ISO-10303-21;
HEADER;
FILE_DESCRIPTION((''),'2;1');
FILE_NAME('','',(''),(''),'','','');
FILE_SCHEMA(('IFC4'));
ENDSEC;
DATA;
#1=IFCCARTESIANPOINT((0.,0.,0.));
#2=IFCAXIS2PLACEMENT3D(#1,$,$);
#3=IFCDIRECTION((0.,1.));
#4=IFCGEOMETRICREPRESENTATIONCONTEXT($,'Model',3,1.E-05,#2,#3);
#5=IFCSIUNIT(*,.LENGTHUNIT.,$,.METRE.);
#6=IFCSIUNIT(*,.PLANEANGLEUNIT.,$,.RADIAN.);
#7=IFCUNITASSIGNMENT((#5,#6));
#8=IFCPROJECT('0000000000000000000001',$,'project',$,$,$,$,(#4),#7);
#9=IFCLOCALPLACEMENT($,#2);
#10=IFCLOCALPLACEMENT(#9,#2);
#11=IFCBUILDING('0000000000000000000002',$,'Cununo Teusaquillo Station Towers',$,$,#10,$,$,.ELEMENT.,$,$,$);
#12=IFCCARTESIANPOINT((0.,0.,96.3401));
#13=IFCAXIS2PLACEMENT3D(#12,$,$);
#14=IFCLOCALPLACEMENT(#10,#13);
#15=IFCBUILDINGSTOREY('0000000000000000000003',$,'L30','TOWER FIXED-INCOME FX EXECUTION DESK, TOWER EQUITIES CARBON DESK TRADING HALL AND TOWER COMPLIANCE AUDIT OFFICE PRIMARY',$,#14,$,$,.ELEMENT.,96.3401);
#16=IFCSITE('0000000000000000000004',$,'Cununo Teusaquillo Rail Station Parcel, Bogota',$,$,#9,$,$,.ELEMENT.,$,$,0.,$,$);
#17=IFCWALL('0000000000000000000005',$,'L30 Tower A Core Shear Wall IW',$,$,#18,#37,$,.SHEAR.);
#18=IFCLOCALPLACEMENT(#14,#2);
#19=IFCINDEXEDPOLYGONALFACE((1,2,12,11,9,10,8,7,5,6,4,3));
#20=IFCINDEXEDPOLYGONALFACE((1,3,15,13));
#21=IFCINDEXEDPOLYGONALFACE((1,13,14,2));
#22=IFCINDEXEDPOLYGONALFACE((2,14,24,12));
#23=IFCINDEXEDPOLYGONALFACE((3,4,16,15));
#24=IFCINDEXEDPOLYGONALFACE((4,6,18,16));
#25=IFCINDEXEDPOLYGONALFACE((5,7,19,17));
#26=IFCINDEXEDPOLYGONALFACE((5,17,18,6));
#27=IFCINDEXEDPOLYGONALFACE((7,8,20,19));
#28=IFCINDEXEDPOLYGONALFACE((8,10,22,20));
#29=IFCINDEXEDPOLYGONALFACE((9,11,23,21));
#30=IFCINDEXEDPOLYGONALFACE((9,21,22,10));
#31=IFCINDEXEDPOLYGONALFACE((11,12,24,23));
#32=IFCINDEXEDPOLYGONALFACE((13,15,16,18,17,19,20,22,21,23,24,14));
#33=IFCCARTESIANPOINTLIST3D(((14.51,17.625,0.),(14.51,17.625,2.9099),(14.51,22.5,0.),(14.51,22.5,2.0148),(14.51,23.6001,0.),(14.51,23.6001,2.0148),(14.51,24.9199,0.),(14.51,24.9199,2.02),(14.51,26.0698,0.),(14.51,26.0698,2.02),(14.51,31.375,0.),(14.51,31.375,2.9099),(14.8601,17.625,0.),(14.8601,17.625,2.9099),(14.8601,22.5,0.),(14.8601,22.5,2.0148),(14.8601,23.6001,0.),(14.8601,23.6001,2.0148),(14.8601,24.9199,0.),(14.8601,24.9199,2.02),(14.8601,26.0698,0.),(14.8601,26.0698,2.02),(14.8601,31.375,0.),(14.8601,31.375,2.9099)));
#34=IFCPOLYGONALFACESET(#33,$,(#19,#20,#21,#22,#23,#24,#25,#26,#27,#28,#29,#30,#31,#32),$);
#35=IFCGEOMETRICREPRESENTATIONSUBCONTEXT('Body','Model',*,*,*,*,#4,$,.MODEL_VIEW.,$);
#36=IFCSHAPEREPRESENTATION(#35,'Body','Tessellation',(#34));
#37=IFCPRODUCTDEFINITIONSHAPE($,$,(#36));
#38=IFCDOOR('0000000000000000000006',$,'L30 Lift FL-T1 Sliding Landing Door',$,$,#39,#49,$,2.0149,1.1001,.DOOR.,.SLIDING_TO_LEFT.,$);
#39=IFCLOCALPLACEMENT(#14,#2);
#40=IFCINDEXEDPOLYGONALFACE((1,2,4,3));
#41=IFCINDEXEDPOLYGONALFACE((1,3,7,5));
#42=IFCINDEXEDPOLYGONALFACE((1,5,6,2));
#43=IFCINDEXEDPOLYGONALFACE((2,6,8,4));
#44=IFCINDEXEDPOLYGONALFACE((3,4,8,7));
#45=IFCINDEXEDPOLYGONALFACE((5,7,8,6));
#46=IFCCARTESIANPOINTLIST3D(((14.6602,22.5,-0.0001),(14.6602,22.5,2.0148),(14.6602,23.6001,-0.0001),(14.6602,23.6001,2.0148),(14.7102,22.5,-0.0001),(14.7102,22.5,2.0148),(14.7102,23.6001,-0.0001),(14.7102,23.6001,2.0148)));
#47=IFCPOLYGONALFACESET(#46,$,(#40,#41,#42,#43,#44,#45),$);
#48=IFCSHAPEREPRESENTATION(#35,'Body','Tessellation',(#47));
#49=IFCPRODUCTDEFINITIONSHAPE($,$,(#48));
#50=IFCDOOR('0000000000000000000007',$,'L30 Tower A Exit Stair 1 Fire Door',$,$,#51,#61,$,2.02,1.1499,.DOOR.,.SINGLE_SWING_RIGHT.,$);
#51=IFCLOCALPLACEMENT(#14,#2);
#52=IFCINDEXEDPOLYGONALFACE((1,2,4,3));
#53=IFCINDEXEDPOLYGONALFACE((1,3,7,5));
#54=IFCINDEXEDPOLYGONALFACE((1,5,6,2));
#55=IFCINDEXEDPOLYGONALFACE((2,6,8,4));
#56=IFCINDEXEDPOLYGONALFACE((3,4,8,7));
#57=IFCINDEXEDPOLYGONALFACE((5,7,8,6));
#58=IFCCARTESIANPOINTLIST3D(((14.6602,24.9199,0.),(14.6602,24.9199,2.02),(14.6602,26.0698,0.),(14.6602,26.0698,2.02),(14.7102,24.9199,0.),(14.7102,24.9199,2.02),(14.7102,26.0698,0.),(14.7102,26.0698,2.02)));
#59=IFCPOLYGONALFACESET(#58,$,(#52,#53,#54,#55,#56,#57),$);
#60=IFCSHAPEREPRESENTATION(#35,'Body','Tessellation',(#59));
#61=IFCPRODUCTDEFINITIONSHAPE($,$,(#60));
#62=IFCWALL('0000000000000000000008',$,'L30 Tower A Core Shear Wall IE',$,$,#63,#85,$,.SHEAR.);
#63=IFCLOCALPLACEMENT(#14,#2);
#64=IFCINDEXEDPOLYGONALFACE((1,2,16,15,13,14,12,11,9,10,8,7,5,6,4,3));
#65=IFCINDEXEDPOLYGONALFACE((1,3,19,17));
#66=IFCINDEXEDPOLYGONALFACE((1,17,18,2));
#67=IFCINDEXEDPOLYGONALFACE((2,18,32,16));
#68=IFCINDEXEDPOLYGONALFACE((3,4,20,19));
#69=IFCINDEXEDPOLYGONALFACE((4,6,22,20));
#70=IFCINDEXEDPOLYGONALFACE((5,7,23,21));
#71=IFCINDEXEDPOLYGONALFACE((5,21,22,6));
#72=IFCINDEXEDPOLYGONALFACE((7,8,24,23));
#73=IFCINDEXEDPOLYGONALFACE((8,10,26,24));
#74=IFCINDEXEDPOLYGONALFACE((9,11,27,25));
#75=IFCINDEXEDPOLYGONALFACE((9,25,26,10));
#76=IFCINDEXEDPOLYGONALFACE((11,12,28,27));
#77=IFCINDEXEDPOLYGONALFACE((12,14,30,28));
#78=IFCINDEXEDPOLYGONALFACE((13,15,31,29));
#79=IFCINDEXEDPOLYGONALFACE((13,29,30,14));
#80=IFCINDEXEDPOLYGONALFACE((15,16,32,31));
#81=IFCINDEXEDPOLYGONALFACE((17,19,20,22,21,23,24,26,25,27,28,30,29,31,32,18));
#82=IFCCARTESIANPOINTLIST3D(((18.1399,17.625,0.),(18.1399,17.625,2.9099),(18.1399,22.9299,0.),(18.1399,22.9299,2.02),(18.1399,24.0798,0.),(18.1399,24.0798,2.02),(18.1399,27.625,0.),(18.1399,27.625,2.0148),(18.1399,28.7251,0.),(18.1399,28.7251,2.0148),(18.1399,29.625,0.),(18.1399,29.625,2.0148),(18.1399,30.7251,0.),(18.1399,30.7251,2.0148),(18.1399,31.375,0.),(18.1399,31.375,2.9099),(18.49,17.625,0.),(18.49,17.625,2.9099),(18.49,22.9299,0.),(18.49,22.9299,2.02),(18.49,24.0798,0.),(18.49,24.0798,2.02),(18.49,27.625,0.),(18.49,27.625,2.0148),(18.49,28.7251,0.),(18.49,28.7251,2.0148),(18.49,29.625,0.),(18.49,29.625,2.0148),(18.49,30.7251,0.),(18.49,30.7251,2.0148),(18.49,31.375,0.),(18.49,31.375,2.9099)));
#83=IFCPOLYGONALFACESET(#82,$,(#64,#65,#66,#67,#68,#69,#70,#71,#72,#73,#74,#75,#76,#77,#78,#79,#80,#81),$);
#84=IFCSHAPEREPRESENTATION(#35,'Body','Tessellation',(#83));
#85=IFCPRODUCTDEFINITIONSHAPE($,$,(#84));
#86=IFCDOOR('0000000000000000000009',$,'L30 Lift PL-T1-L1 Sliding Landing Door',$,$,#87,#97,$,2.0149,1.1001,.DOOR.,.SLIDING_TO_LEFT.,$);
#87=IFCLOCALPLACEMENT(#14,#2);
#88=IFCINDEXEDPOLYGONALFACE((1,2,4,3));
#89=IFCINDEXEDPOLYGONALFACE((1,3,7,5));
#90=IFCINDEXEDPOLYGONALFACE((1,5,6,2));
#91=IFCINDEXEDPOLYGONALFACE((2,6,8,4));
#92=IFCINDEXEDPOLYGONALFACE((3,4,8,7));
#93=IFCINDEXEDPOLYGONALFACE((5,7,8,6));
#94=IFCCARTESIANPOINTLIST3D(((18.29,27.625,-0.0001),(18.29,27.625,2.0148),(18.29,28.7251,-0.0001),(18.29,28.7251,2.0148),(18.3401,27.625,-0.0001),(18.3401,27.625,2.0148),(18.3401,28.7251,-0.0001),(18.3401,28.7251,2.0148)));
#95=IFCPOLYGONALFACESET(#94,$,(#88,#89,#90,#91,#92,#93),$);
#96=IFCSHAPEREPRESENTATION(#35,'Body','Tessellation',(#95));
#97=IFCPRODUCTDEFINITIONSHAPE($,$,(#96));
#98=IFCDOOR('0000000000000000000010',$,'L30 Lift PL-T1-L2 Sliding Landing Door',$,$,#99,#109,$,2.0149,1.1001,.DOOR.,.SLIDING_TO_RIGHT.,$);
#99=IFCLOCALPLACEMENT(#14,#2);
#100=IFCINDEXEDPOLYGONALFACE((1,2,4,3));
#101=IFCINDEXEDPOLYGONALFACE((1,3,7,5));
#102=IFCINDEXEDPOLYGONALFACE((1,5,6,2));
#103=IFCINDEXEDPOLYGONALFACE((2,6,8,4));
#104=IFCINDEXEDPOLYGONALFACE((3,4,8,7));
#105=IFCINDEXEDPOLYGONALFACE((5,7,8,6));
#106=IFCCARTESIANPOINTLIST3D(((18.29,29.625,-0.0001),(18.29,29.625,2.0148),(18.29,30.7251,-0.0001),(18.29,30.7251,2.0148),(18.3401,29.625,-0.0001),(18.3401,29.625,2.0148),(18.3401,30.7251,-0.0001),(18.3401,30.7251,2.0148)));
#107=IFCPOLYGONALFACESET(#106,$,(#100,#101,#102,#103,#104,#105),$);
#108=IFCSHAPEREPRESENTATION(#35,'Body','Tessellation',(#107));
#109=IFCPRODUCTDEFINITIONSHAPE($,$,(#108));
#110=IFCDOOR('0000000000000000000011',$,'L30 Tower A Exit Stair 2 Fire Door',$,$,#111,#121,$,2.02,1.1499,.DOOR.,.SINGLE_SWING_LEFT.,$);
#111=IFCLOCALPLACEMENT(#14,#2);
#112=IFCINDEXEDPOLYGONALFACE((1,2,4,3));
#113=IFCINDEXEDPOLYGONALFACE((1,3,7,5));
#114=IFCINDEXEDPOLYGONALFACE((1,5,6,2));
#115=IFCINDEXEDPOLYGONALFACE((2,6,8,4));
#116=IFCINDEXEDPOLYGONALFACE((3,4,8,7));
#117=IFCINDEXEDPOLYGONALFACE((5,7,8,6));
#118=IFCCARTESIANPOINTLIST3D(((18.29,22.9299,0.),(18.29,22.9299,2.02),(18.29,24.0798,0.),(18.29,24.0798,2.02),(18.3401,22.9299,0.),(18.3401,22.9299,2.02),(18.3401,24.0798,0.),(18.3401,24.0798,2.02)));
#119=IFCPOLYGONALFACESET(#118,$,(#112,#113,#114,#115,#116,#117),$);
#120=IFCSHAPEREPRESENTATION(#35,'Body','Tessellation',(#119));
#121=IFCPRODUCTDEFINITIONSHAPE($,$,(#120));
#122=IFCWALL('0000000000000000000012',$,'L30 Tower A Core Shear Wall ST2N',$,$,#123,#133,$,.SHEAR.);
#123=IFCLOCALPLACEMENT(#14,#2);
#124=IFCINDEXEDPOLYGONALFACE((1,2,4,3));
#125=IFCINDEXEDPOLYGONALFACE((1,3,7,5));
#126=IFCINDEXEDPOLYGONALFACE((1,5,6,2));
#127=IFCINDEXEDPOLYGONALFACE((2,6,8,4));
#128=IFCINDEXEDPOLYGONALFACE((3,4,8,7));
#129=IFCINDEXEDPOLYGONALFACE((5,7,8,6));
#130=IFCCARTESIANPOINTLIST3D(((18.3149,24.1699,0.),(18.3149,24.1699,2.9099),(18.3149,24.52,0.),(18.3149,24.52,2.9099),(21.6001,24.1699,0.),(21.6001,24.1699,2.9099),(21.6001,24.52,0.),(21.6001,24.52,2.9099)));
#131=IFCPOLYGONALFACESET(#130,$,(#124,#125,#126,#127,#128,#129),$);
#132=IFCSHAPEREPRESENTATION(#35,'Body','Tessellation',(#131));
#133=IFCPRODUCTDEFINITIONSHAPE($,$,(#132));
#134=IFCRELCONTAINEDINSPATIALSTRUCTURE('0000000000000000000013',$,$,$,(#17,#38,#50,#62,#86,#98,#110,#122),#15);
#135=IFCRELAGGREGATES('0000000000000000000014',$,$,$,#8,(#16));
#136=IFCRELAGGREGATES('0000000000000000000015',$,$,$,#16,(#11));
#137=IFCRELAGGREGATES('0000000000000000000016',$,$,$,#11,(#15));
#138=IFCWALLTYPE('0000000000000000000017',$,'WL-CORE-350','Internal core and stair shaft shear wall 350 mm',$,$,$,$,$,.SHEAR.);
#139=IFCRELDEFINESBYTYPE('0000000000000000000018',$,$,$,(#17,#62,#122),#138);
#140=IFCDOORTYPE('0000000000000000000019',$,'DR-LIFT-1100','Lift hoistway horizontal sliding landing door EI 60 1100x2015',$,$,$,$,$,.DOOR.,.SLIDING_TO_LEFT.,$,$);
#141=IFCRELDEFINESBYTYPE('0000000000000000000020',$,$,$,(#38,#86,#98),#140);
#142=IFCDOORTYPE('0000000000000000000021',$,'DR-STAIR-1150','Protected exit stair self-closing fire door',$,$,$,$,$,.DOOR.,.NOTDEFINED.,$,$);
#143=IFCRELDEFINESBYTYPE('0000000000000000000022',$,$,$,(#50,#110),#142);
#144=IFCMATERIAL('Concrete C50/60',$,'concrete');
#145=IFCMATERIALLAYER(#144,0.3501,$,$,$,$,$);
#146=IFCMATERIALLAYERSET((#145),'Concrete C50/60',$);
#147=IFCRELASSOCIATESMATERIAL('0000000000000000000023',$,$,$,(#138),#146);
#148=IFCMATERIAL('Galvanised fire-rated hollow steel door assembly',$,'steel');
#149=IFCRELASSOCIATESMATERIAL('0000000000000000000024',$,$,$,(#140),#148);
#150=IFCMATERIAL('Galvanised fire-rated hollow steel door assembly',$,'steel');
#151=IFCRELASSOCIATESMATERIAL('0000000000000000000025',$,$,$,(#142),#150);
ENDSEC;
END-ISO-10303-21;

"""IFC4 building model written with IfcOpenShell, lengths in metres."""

from ifc_helpers import new_model, si_unit, direction, frame, frame_2d, origin, place, context, subcontext, project, spatial, rectangle, extrude, source, transform, mapped, material, layer, layer_set, type_object, element, fill, save


model = new_model("IFC4")

# Units and contexts
model_context = context("Model", 3, precision=1e-05, world=origin(), true_north=direction((0.0, 1.0)))
body_context = subcontext(model_context, "Body", "Model", "MODEL_VIEW")
ifc_project = project(units=[si_unit("LENGTHUNIT", "METRE"), si_unit("PLANEANGLEUNIT", "RADIAN")], contexts=[model_context])

# Site, building, storey
site_placement = place(None, origin())
site = spatial("IfcSite", under=ifc_project, at=site_placement, Name="Cununo Teusaquillo Rail Station Parcel, Bogota", CompositionType="ELEMENT", RefElevation=0.0)
building_placement = place(site_placement, origin())
building = spatial("IfcBuilding", under=site, at=building_placement, Name="Cununo Teusaquillo Station Towers", CompositionType="ELEMENT")
storey_placement = place(building_placement, frame((0.0, 0.0, 96.3401)))
storey = spatial("IfcBuildingStorey", under=building, at=storey_placement, Name="L30", Description="TOWER FIXED-INCOME FX EXECUTION DESK, TOWER EQUITIES CARBON DESK TRADING HALL AND TOWER COMPLIANCE AUDIT OFFICE PRIMARY", CompositionType="ELEMENT", Elevation=96.3401)

# Walls, openings, doors
ifc_material_1 = material(Name="Concrete C50/60", Category="concrete")
ifc_layer_1 = layer(ifc_material_1, 0.3501)
ifc_layer_set_1 = layer_set([ifc_layer_1], Name="Concrete C50/60")
wall_type_1 = type_object("IfcWallType", Name="WL-CORE-350", Description="Internal core and stair shaft shear wall 350 mm", PredefinedType="SHEAR", material=ifc_layer_set_1)
wall_1_placement = place(storey_placement, frame((14.6851, 17.625, 0.0), z_axis=(0.0, 0.0, 1.0), x_axis=(0.0, 1.0, 0.0)))
wall_1 = element("IfcWall", 1, at=wall_1_placement, inside=storey, type_object=wall_type_1, Name="L30 Tower A Core Shear Wall IW", PredefinedType="SHEAR", context=body_context, shape_type="SweptSolid", body=[
    extrude(rectangle(XDim=13.75, YDim=0.3501, at=frame_2d((6.875, 0.0))), origin(), (0.0, 0.0, 1.0), 2.9099),
])
shared_shape_1 = source(origin(), body_context, "Body", "SweptSolid", [
    extrude(rectangle(XDim=1.1001, YDim=2.0149, at=frame_2d((0.55, 1.0073))), frame((0.0, 0.1851, 0.0), z_axis=(0.0, -1.0, 0.0), x_axis=(1.0, 0.0, 0.0)), (0.0, 0.0, 1.0), 0.3701),
])
opening_1_placement = place(wall_1_placement, frame((4.875, 0.0, 0.0)))
opening_1 = element("IfcOpeningElement", 2, at=opening_1_placement, cuts=wall_1, PredefinedType="OPENING", context=body_context, shape_type="MappedRepresentation", body=[
    mapped(shared_shape_1, transform((0.0, 0.0, 0.0), x_axis=(1.0, 0.0, 0.0), y_axis=(0.0, 1.0, 0.0), z_axis=(0.0, 0.0, 1.0), scale=1.0)),
])
shared_shape_2 = source(origin(), body_context, "Body", "SweptSolid", [
    extrude(rectangle(XDim=1.1499, YDim=2.02, at=frame_2d((0.575, 1.01))), frame((0.0, 0.1851, 0.0), z_axis=(0.0, -1.0, 0.0), x_axis=(1.0, 0.0, 0.0)), (0.0, 0.0, 1.0), 0.3701),
])
opening_2_placement = place(wall_1_placement, frame((7.2949, 0.0, 0.0)))
opening_2 = element("IfcOpeningElement", 3, at=opening_2_placement, cuts=wall_1, PredefinedType="OPENING", context=body_context, shape_type="MappedRepresentation", body=[
    mapped(shared_shape_2, transform((0.0, 0.0, 0.0), x_axis=(1.0, 0.0, 0.0), y_axis=(0.0, 1.0, 0.0), z_axis=(0.0, 0.0, 1.0), scale=1.0)),
])
ifc_material_2 = material(Name="Galvanised fire-rated hollow steel door assembly", Category="steel")
door_type_1 = type_object("IfcDoorType", Name="DR-LIFT-1100", Description="Lift hoistway horizontal sliding landing door EI 60 1100x2015", OperationType="SLIDING_TO_LEFT", PredefinedType="DOOR", material=ifc_material_2)
shared_shape_3 = source(origin(), body_context, "Body", "SweptSolid", [
    extrude(rectangle(XDim=1.1001, YDim=2.0149, at=frame_2d((0.55, 1.0073))), frame((0.0, 0.0249, 0.0), z_axis=(0.0, -1.0, 0.0), x_axis=(1.0, 0.0, 0.0)), (0.0, 0.0, 1.0), 0.05),
])
door_1_placement = place(opening_1_placement, origin())
door_1 = element("IfcDoor", 4, at=door_1_placement, inside=storey, type_object=door_type_1, Name="L30 Lift FL-T1 Sliding Landing Door", OperationType="SLIDING_TO_LEFT", OverallHeight=2.0149, OverallWidth=1.1001, PredefinedType="DOOR", context=body_context, shape_type="MappedRepresentation", body=[
    mapped(shared_shape_3, transform((0.0, 0.0, 0.0), x_axis=(1.0, 0.0, 0.0), y_axis=(0.0, 1.0, 0.0), z_axis=(0.0, 0.0, 1.0), scale=1.0)),
])
fill(opening_1, door_1)
ifc_material_3 = material(Name="Galvanised fire-rated hollow steel door assembly", Category="steel")
door_type_2 = type_object("IfcDoorType", Name="DR-STAIR-1150", Description="Protected exit stair self-closing fire door", OperationType="NOTDEFINED", PredefinedType="DOOR", material=ifc_material_3)
shared_shape_4 = source(origin(), body_context, "Body", "SweptSolid", [
    extrude(rectangle(XDim=1.1499, YDim=2.02, at=frame_2d((0.575, 1.01))), frame((0.0, 0.0249, 0.0), z_axis=(0.0, -1.0, 0.0), x_axis=(1.0, 0.0, 0.0)), (0.0, 0.0, 1.0), 0.05),
])
door_2_placement = place(opening_2_placement, origin())
door_2 = element("IfcDoor", 5, at=door_2_placement, inside=storey, type_object=door_type_2, Name="L30 Tower A Exit Stair 1 Fire Door", OperationType="SINGLE_SWING_RIGHT", OverallHeight=2.02, OverallWidth=1.1499, PredefinedType="DOOR", context=body_context, shape_type="MappedRepresentation", body=[
    mapped(shared_shape_4, transform((0.0, 0.0, 0.0), x_axis=(1.0, 0.0, 0.0), y_axis=(0.0, 1.0, 0.0), z_axis=(0.0, 0.0, 1.0), scale=1.0)),
])
fill(opening_2, door_2)
wall_2_placement = place(storey_placement, frame((18.3149, 17.625, 0.0), z_axis=(0.0, 0.0, 1.0), x_axis=(0.0, 1.0, 0.0)))
wall_2 = element("IfcWall", 6, at=wall_2_placement, inside=storey, type_object=wall_type_1, Name="L30 Tower A Core Shear Wall IE", PredefinedType="SHEAR", context=body_context, shape_type="SweptSolid", body=[
    extrude(rectangle(XDim=13.75, YDim=0.3501, at=frame_2d((6.875, 0.0))), origin(), (0.0, 0.0, 1.0), 2.9099),
])
opening_3_placement = place(wall_2_placement, frame((10.0, 0.0, 0.0)))
opening_3 = element("IfcOpeningElement", 7, at=opening_3_placement, cuts=wall_2, PredefinedType="OPENING", context=body_context, shape_type="MappedRepresentation", body=[
    mapped(shared_shape_1, transform((0.0, 0.0, 0.0), x_axis=(1.0, 0.0, 0.0), y_axis=(0.0, 1.0, 0.0), z_axis=(0.0, 0.0, 1.0), scale=1.0)),
])
opening_4_placement = place(wall_2_placement, frame((12.0, 0.0, 0.0)))
opening_4 = element("IfcOpeningElement", 8, at=opening_4_placement, cuts=wall_2, PredefinedType="OPENING", context=body_context, shape_type="MappedRepresentation", body=[
    mapped(shared_shape_1, transform((0.0, 0.0, 0.0), x_axis=(1.0, 0.0, 0.0), y_axis=(0.0, 1.0, 0.0), z_axis=(0.0, 0.0, 1.0), scale=1.0)),
])
opening_5_placement = place(wall_2_placement, frame((5.3049, 0.0, 0.0)))
opening_5 = element("IfcOpeningElement", 9, at=opening_5_placement, cuts=wall_2, PredefinedType="OPENING", context=body_context, shape_type="MappedRepresentation", body=[
    mapped(shared_shape_2, transform((0.0, 0.0, 0.0), x_axis=(1.0, 0.0, 0.0), y_axis=(0.0, 1.0, 0.0), z_axis=(0.0, 0.0, 1.0), scale=1.0)),
])
door_3_placement = place(opening_3_placement, origin())
door_3 = element("IfcDoor", 10, at=door_3_placement, inside=storey, type_object=door_type_1, Name="L30 Lift PL-T1-L1 Sliding Landing Door", OperationType="SLIDING_TO_LEFT", OverallHeight=2.0149, OverallWidth=1.1001, PredefinedType="DOOR", context=body_context, shape_type="MappedRepresentation", body=[
    mapped(shared_shape_3, transform((0.0, 0.0, 0.0), x_axis=(1.0, 0.0, 0.0), y_axis=(0.0, 1.0, 0.0), z_axis=(0.0, 0.0, 1.0), scale=1.0)),
])
fill(opening_3, door_3)
door_4_placement = place(opening_4_placement, origin())
door_4 = element("IfcDoor", 11, at=door_4_placement, inside=storey, type_object=door_type_1, Name="L30 Lift PL-T1-L2 Sliding Landing Door", OperationType="SLIDING_TO_RIGHT", OverallHeight=2.0149, OverallWidth=1.1001, PredefinedType="DOOR", context=body_context, shape_type="MappedRepresentation", body=[
    mapped(shared_shape_3, transform((0.0, 0.0, 0.0), x_axis=(1.0, 0.0, 0.0), y_axis=(0.0, 1.0, 0.0), z_axis=(0.0, 0.0, 1.0), scale=1.0)),
])
fill(opening_4, door_4)
door_5_placement = place(opening_5_placement, origin())
door_5 = element("IfcDoor", 12, at=door_5_placement, inside=storey, type_object=door_type_2, Name="L30 Tower A Exit Stair 2 Fire Door", OperationType="SINGLE_SWING_LEFT", OverallHeight=2.02, OverallWidth=1.1499, PredefinedType="DOOR", context=body_context, shape_type="MappedRepresentation", body=[
    mapped(shared_shape_4, transform((0.0, 0.0, 0.0), x_axis=(1.0, 0.0, 0.0), y_axis=(0.0, 1.0, 0.0), z_axis=(0.0, 0.0, 1.0), scale=1.0)),
])
fill(opening_5, door_5)

# Wall
wall_3_placement = place(storey_placement, frame((18.3149, 24.345, 0.0), z_axis=(0.0, 0.0, 1.0), x_axis=(1.0, 0.0, 0.0)))
element("IfcWall", 13, at=wall_3_placement, inside=storey, type_object=wall_type_1, Name="L30 Tower A Core Shear Wall ST2N", PredefinedType="SHEAR", context=body_context, shape_type="SweptSolid", body=[
    extrude(rectangle(XDim=3.2852, YDim=0.3501, at=frame_2d((1.6426, 0.0))), origin(), (0.0, 0.0, 1.0), 2.9099),
])

save(model, "model.ifc")
